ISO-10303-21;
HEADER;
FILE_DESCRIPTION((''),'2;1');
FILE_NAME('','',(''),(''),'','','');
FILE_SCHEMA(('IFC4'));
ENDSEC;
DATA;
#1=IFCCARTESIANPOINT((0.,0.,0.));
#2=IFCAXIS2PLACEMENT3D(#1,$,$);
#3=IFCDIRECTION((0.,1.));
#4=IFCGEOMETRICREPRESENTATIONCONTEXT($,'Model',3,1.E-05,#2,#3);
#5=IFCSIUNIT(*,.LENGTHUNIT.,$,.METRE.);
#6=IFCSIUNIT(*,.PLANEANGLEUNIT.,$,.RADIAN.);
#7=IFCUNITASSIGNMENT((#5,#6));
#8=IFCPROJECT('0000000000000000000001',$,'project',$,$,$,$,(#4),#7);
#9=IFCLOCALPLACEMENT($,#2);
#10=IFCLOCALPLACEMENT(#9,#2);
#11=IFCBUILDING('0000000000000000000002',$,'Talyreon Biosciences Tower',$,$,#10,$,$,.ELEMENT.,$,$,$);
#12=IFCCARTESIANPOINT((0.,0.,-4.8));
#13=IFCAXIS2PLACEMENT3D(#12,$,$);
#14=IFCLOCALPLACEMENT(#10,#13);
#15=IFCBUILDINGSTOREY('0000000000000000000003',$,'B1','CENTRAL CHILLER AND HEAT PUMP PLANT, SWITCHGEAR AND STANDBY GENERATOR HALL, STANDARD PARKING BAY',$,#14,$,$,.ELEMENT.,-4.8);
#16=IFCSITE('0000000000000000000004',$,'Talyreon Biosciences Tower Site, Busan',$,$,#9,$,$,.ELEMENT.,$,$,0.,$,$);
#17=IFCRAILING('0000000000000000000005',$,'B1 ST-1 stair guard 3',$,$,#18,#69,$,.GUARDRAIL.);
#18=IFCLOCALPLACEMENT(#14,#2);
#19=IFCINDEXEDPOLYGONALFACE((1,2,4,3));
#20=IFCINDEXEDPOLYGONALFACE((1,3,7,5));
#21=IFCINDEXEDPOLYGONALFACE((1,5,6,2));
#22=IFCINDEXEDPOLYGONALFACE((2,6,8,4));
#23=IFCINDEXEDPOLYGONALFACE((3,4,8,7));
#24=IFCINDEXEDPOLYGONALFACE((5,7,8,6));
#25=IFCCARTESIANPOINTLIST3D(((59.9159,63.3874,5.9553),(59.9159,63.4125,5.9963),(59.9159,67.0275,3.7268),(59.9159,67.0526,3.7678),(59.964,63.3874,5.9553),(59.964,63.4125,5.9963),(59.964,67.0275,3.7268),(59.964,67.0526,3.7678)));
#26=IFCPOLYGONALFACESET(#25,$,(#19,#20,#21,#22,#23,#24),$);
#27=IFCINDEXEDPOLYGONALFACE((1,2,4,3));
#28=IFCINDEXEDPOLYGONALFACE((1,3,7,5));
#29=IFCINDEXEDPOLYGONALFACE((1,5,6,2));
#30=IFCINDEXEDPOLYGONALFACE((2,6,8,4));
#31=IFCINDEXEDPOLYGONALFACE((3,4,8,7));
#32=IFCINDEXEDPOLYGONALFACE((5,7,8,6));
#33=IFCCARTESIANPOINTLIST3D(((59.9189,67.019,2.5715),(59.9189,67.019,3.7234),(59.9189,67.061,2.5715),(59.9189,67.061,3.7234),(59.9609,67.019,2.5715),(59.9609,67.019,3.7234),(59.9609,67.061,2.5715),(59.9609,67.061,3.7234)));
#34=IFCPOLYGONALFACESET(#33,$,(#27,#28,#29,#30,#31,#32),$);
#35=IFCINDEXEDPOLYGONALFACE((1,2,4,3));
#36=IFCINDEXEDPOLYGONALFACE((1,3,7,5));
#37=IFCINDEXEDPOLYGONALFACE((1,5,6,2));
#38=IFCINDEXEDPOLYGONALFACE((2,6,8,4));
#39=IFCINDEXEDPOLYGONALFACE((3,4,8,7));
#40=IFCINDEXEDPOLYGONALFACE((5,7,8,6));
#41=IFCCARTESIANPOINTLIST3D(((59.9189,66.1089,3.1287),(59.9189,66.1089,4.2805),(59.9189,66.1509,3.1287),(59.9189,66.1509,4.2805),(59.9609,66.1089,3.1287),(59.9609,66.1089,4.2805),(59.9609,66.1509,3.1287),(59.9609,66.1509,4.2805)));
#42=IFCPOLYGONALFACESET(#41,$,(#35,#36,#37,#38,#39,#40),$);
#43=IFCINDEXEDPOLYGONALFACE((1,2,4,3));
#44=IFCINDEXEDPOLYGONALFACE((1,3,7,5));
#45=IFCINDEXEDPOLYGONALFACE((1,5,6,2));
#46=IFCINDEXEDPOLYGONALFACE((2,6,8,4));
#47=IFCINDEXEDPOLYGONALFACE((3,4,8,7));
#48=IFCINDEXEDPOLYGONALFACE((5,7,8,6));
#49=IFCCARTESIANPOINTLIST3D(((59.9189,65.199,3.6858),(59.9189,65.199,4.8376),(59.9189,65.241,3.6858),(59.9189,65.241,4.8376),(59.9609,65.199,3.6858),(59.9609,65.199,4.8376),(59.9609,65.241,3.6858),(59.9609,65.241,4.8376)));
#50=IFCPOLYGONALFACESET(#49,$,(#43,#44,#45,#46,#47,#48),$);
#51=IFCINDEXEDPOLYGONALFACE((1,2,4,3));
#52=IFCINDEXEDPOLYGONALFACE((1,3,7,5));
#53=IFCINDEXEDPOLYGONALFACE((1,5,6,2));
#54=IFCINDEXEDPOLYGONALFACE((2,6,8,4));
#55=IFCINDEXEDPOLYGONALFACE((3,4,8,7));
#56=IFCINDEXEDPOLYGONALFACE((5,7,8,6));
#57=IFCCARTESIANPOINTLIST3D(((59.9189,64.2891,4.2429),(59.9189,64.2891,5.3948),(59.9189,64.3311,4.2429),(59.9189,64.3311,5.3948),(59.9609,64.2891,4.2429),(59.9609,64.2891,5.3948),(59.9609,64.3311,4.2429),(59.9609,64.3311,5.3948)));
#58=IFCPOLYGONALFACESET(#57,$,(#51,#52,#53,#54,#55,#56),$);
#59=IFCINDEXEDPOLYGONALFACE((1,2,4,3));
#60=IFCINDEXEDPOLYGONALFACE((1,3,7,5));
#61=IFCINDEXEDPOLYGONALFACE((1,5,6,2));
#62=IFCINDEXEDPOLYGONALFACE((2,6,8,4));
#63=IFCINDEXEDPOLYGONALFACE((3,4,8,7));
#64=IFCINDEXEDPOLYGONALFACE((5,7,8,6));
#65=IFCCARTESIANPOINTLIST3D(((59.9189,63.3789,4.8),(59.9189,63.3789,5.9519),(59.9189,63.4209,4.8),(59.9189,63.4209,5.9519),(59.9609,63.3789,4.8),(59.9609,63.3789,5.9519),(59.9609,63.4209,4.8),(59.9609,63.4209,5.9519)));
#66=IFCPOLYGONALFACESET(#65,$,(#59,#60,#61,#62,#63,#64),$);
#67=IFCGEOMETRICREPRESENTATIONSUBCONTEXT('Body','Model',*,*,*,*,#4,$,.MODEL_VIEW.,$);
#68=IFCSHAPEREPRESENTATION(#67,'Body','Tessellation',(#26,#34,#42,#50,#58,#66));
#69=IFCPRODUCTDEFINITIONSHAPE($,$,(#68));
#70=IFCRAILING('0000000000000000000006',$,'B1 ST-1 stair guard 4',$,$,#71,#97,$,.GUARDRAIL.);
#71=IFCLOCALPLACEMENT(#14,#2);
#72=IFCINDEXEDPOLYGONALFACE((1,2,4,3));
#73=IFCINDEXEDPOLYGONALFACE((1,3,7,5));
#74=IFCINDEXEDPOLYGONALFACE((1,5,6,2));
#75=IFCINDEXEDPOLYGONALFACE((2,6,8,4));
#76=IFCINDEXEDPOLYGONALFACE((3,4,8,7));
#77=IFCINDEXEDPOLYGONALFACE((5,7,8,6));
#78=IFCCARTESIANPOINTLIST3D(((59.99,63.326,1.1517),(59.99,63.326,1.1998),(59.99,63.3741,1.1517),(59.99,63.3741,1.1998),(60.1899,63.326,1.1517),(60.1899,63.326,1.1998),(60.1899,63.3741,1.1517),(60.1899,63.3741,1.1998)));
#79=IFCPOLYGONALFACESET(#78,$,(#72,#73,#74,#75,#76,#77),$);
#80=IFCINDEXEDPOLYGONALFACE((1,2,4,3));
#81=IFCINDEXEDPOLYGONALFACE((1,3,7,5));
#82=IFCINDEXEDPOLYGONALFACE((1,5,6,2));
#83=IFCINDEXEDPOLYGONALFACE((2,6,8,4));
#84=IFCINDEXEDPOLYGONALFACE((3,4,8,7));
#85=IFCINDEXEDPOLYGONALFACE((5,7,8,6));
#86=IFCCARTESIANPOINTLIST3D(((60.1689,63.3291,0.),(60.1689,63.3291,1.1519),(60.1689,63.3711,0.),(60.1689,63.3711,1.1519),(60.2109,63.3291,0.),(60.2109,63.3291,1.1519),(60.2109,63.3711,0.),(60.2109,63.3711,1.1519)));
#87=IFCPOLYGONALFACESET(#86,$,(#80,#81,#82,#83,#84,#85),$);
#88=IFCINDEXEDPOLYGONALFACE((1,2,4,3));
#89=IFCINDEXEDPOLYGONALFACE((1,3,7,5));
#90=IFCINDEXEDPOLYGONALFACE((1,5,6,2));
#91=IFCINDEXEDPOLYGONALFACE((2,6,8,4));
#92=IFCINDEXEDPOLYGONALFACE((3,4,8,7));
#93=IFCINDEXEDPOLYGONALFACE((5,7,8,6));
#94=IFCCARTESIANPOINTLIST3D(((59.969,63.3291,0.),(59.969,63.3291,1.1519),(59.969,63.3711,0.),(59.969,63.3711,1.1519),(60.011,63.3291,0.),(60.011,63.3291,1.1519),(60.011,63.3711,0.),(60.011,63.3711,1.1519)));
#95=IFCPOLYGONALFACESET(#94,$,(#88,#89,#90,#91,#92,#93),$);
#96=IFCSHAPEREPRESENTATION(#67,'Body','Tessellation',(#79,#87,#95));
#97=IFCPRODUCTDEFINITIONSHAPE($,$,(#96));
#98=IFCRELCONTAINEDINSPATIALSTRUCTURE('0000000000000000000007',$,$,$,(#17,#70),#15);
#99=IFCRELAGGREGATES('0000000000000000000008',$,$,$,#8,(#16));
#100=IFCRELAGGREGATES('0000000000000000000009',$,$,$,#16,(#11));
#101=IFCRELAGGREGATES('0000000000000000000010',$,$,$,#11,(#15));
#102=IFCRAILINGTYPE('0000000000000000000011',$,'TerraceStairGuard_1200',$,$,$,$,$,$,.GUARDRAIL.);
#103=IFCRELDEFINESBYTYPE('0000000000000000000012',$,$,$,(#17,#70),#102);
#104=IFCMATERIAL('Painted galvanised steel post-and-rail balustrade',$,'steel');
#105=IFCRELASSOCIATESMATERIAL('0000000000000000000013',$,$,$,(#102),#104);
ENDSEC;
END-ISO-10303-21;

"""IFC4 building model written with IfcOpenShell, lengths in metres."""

from ifc_helpers import new_model, si_unit, direction, frame, origin, origin_2d, place, context, subcontext, project, spatial, rectangle, extrude, material, type_object, element, save


model = new_model("IFC4")

# Units and contexts
model_context = context("Model", 3, precision=1e-05, world=origin(), true_north=direction((0.0, 1.0)))
body_context = subcontext(model_context, "Body", "Model", "MODEL_VIEW")
ifc_project = project(units=[si_unit("LENGTHUNIT", "METRE"), si_unit("PLANEANGLEUNIT", "RADIAN")], contexts=[model_context])

# Site, building, storey
site_placement = place(None, origin())
site = spatial("IfcSite", under=ifc_project, at=site_placement, Name="Talyreon Biosciences Tower Site, Busan", CompositionType="ELEMENT", RefElevation=0.0)
building_placement = place(site_placement, origin())
building = spatial("IfcBuilding", under=site, at=building_placement, Name="Talyreon Biosciences Tower", CompositionType="ELEMENT")
storey_placement = place(building_placement, frame((0.0, 0.0, -4.8)))
storey = spatial("IfcBuildingStorey", under=building, at=storey_placement, Name="B1", Description="CENTRAL CHILLER AND HEAT PUMP PLANT, SWITCHGEAR AND STANDBY GENERATOR HALL, STANDARD PARKING BAY", CompositionType="ELEMENT", Elevation=-4.8)

# Railings
ifc_material_1 = material(Name="Painted galvanised steel post-and-rail balustrade", Category="steel")
railing_type_1 = type_object("IfcRailingType", Name="TerraceStairGuard_1200", PredefinedType="GUARDRAIL", material=ifc_material_1)
railing_1_placement = place(storey_placement, frame((59.9399, 67.04, 2.5715)))
element("IfcRailing", 1, at=railing_1_placement, inside=storey, type_object=railing_type_1, Name="B1 ST-1 stair guard 3", PredefinedType="GUARDRAIL", context=body_context, shape_type="SweptSolid", body=[
    extrude(rectangle(XDim=0.0481, YDim=0.0481, at=origin_2d()), frame((0.0, 0.0, 1.1758), z_axis=(0.0, -0.852866, 0.52213), x_axis=(1.0, 0.0, 0.0)), (0.0, 0.0, 1.0), 4.2681),
    extrude(rectangle(XDim=0.042, YDim=0.042, at=origin_2d()), origin(), (0.0, 0.0, 1.0), 1.1519),
    extrude(rectangle(XDim=0.042, YDim=0.042, at=origin_2d()), frame((0.0, -0.9102, 0.5571)), (0.0, 0.0, 1.0), 1.1519),
    extrude(rectangle(XDim=0.042, YDim=0.042, at=origin_2d()), frame((0.0, -1.8201, 1.1143)), (0.0, 0.0, 1.0), 1.1519),
    extrude(rectangle(XDim=0.042, YDim=0.042, at=origin_2d()), frame((0.0, -2.73, 1.6714)), (0.0, 0.0, 1.0), 1.1519),
    extrude(rectangle(XDim=0.042, YDim=0.042, at=origin_2d()), frame((0.0, -3.6401, 2.2285)), (0.0, 0.0, 1.0), 1.1519),
])
railing_2_placement = place(storey_placement, frame((60.1899, 63.3501, 0.0)))
element("IfcRailing", 2, at=railing_2_placement, inside=storey, type_object=railing_type_1, Name="B1 ST-1 stair guard 4", PredefinedType="GUARDRAIL", context=body_context, shape_type="SweptSolid", body=[
    extrude(rectangle(XDim=0.0481, YDim=0.0481, at=origin_2d()), frame((0.0, 0.0, 1.1758), z_axis=(-1.0, 0.0, 0.0), x_axis=(0.0, -1.0, 0.0)), (0.0, 0.0, 1.0), 0.2),
    extrude(rectangle(XDim=0.042, YDim=0.042, at=origin_2d()), origin(), (0.0, 0.0, 1.0), 1.1519),
    extrude(rectangle(XDim=0.042, YDim=0.042, at=origin_2d()), frame((-0.2, 0.0, 0.0)), (0.0, 0.0, 1.0), 1.1519),
])

save(model, "model.ifc")
